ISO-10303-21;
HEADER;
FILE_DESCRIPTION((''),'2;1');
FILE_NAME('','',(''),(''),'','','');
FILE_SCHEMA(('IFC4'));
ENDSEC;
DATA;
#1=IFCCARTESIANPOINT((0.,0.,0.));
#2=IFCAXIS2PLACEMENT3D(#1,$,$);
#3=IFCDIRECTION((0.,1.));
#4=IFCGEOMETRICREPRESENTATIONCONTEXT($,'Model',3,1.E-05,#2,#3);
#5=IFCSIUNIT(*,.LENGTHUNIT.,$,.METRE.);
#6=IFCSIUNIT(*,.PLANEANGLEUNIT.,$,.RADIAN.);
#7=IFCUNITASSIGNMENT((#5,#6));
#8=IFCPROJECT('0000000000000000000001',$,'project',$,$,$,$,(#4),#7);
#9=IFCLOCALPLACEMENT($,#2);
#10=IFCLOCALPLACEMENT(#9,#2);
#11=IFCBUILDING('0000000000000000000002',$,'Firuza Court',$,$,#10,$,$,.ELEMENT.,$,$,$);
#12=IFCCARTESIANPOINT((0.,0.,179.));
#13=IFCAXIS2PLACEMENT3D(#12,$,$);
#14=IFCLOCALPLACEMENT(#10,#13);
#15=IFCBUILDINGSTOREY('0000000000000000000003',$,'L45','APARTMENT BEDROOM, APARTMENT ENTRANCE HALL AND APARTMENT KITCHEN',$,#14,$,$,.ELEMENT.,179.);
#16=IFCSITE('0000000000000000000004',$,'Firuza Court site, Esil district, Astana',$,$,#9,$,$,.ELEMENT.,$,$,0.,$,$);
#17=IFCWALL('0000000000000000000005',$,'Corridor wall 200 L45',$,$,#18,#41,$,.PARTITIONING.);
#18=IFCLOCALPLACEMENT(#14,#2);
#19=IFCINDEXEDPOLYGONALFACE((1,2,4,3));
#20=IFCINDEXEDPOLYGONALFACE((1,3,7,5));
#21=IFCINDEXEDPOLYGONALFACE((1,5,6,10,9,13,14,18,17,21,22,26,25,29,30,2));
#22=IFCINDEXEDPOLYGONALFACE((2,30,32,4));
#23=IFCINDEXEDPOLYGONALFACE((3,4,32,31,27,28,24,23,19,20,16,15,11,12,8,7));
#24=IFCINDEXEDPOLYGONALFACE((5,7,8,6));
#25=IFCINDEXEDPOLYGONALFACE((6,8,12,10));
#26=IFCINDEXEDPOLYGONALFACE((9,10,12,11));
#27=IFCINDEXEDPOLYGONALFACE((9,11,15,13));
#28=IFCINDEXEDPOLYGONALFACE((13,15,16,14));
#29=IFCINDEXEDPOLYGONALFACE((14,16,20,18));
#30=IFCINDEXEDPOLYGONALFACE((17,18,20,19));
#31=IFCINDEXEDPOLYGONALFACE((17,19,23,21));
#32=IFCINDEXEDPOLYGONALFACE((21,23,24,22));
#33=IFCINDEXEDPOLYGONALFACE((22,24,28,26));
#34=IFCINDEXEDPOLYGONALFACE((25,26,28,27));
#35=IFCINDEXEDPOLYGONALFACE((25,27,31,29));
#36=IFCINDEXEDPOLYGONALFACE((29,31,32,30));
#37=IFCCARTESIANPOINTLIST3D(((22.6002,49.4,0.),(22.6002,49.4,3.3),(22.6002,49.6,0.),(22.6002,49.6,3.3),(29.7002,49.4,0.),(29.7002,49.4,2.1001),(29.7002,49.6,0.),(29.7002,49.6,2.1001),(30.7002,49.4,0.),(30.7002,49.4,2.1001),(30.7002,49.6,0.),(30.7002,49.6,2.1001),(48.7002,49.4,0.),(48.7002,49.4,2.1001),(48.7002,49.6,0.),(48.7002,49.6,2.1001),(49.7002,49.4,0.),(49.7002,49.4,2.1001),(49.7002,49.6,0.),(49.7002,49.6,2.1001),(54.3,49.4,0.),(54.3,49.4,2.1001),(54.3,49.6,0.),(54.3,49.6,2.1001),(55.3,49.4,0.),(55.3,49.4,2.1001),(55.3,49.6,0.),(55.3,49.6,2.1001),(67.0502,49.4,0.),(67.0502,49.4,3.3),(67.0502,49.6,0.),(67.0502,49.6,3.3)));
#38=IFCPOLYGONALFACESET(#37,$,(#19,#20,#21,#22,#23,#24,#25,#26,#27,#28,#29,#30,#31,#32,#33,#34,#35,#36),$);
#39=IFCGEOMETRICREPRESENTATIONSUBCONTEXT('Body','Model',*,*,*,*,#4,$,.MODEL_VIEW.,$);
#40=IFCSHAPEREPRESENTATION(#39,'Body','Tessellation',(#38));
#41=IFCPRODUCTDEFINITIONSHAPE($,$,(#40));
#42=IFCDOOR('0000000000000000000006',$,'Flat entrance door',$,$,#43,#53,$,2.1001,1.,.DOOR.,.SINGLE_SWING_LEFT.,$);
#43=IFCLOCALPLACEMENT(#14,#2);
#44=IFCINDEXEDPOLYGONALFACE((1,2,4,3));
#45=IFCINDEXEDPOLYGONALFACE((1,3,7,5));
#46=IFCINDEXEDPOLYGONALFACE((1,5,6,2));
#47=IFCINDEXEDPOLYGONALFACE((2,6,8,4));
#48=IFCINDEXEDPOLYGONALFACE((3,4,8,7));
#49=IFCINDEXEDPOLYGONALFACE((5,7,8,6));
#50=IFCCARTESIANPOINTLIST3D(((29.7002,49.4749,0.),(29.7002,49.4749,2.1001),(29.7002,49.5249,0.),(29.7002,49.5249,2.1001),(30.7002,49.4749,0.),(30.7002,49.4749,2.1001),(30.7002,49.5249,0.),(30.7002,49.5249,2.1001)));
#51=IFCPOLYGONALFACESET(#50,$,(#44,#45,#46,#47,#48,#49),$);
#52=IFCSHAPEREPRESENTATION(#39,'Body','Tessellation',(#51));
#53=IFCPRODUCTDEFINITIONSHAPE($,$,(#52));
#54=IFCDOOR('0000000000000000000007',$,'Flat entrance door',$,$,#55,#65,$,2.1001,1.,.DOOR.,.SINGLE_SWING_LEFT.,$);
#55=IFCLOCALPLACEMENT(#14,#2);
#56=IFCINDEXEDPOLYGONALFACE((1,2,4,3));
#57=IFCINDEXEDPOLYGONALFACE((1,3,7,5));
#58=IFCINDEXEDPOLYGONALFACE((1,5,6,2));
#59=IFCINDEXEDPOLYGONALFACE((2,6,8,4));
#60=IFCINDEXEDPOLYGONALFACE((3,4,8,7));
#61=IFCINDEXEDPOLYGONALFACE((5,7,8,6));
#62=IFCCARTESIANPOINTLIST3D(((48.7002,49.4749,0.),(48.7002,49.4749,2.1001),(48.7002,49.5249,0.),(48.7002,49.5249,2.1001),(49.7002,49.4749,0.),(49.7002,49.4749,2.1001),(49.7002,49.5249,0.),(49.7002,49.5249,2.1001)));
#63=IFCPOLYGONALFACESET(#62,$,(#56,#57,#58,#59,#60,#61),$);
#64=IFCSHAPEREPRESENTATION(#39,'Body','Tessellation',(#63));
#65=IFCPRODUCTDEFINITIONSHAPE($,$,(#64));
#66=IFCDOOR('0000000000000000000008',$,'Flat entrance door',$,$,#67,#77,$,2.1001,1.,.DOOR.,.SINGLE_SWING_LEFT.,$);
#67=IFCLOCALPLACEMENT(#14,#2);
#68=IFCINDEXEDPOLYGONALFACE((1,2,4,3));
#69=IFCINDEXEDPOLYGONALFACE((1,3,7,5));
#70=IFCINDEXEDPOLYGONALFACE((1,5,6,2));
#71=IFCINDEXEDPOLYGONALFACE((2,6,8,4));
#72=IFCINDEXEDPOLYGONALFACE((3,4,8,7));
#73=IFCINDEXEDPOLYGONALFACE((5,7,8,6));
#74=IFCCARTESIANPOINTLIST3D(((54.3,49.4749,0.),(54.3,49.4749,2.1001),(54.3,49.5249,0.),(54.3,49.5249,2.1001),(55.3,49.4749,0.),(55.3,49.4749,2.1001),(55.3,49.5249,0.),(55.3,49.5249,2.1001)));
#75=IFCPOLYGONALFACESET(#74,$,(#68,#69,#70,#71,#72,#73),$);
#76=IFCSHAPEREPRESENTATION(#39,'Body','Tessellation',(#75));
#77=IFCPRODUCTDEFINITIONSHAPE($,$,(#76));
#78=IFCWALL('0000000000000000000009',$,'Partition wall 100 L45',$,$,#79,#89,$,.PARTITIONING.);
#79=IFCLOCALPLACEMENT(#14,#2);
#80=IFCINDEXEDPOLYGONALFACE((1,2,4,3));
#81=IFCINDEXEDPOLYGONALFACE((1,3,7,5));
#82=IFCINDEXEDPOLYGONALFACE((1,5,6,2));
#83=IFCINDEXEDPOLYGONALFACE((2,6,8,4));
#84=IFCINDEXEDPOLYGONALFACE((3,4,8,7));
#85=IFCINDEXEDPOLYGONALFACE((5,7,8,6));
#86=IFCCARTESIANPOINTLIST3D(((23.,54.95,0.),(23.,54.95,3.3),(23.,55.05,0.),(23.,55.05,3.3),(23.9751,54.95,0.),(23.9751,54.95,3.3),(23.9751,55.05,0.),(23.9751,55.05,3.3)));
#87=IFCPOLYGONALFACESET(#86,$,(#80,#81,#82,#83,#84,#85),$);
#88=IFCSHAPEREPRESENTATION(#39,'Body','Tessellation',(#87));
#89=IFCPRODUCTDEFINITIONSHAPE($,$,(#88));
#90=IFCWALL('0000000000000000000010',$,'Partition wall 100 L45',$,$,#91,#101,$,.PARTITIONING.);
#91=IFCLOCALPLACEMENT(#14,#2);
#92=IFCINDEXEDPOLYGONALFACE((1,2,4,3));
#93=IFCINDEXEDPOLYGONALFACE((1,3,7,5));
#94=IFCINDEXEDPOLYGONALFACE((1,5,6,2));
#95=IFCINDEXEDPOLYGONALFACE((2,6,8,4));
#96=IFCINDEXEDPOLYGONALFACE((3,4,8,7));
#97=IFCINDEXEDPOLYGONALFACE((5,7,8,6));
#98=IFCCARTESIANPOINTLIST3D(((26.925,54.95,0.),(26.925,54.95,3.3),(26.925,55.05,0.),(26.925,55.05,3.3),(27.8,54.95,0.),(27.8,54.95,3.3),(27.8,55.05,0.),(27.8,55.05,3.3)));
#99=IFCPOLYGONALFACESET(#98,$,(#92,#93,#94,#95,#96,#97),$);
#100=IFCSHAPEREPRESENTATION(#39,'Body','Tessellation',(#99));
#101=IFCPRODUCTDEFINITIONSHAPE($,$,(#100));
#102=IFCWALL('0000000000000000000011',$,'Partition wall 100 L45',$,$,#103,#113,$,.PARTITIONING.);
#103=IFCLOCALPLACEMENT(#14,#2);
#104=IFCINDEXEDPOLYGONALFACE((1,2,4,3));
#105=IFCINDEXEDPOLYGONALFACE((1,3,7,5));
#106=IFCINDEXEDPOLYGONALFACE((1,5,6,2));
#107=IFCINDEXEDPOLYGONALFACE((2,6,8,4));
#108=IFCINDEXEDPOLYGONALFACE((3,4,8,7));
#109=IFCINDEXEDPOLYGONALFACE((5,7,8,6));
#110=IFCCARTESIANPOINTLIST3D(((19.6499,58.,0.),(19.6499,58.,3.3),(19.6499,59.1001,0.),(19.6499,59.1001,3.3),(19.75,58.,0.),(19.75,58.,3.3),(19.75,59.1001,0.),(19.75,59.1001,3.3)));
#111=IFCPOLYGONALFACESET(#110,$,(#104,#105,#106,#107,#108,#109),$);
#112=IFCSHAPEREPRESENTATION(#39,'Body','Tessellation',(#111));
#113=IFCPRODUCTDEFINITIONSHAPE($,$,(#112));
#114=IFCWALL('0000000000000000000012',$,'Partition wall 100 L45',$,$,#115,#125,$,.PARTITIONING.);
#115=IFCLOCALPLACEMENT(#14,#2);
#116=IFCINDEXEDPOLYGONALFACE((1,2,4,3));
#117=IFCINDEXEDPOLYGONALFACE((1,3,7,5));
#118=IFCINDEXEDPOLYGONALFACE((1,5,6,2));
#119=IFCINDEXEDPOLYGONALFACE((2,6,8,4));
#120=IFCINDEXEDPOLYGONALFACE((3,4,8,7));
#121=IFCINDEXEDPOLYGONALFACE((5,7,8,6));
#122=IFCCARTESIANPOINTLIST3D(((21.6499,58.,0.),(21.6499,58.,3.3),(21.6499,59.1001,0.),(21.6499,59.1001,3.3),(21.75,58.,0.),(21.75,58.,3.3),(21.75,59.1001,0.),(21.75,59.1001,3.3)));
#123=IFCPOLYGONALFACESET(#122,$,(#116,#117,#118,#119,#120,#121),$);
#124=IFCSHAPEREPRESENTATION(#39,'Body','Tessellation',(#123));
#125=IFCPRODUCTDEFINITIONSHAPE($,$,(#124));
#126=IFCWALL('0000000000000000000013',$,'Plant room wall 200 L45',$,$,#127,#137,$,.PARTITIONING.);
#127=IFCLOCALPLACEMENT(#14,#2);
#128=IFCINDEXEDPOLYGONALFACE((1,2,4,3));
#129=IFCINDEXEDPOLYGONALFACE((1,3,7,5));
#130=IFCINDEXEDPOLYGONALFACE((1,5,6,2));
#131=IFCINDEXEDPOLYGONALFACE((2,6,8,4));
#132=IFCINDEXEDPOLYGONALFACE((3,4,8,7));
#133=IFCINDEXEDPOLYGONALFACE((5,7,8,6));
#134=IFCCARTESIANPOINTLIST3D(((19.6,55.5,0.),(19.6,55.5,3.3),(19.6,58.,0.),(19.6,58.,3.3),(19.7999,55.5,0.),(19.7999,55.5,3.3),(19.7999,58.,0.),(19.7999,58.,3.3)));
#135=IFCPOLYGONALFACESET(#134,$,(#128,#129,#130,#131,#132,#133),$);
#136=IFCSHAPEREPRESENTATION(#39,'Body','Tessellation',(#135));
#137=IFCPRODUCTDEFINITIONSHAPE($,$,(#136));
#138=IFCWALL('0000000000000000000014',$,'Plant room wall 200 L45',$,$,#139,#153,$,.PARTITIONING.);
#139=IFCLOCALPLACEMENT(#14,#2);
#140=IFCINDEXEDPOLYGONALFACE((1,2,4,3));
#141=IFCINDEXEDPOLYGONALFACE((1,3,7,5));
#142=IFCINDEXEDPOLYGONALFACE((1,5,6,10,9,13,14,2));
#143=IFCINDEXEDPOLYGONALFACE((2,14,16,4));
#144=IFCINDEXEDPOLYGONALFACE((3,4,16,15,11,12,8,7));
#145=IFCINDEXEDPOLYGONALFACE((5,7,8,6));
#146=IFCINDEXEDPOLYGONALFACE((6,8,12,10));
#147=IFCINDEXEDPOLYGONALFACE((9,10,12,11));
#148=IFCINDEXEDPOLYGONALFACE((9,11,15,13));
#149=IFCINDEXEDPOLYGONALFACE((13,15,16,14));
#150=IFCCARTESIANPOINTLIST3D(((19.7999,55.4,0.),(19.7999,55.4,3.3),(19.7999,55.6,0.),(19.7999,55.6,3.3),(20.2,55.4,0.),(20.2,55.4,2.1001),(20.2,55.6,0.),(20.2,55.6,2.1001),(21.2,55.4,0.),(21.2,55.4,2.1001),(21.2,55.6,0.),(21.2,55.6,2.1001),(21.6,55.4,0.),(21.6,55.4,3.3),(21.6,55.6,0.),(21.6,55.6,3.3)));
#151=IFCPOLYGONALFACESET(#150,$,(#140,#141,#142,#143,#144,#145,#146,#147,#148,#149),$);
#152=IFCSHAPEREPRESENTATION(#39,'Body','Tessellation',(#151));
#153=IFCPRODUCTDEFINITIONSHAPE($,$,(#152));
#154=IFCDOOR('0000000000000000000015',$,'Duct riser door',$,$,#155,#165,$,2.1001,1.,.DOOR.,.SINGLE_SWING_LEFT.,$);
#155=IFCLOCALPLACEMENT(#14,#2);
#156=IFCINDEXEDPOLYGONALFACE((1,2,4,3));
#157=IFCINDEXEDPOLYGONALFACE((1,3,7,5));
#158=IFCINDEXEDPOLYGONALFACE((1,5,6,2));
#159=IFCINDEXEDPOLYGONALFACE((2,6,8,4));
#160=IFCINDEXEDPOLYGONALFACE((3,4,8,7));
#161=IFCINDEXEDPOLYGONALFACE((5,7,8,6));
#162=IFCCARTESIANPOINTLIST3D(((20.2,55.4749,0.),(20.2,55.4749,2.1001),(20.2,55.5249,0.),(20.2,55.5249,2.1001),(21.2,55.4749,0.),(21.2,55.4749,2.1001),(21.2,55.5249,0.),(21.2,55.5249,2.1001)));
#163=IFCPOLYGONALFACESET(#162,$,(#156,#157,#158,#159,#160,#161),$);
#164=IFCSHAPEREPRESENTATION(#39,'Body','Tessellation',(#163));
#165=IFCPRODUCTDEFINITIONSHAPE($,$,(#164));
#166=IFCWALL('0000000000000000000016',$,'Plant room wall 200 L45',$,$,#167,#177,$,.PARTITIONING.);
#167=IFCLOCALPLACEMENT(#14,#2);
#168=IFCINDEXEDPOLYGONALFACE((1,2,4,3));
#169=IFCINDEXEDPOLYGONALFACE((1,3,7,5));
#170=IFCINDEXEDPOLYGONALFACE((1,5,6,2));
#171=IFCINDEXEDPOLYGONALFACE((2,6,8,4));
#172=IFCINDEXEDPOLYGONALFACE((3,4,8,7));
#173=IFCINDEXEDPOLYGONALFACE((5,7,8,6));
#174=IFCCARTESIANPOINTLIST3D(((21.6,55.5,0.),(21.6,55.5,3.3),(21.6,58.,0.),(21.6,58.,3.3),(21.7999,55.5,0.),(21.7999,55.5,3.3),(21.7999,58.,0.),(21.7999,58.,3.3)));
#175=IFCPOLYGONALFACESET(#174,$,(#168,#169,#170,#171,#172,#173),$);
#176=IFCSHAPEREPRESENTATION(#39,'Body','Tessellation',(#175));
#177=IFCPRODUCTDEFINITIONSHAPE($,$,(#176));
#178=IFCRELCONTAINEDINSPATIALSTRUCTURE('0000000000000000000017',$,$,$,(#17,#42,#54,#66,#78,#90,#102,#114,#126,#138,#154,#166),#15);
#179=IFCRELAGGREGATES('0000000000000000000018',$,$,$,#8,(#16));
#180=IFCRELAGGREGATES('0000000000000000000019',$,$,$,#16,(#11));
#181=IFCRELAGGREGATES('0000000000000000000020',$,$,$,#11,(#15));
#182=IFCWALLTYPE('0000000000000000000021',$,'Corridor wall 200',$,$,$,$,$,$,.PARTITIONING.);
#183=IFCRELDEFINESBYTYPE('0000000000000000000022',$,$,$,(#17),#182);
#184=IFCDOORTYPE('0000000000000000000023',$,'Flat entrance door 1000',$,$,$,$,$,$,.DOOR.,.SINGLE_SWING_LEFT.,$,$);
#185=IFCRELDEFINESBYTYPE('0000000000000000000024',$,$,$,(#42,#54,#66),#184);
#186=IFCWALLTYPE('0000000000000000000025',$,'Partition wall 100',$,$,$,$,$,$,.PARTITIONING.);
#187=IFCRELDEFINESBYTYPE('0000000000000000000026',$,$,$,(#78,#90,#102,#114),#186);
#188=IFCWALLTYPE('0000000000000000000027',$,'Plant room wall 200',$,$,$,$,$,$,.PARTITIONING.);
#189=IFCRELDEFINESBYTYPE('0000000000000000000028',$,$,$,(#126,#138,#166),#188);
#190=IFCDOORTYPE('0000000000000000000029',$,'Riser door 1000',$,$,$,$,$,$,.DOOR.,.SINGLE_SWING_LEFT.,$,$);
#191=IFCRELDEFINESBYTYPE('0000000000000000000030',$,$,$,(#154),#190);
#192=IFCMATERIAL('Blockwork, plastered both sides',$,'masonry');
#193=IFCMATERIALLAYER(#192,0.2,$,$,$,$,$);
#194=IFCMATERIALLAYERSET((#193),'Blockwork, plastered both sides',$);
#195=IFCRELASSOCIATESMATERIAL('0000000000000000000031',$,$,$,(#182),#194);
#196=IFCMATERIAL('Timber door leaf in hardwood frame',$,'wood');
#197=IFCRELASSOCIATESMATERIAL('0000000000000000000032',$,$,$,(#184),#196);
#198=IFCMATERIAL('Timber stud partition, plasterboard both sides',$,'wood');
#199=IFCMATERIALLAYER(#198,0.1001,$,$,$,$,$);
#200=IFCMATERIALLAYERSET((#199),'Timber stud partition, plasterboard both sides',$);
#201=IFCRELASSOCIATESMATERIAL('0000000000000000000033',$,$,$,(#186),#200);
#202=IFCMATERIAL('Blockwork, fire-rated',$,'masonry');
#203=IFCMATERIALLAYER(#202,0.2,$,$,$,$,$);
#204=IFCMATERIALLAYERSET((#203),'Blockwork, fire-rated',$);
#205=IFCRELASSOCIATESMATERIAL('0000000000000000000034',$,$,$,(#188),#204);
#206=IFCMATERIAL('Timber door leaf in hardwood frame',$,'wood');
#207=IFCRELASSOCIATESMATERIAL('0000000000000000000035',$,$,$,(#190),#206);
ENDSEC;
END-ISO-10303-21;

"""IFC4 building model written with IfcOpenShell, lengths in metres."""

from ifc_helpers import new_model, si_unit, direction, frame, frame_2d, origin, place, context, subcontext, project, spatial, rectangle, extrude, material, layer, layer_set, type_object, element, fill, save


model = new_model("IFC4")

# Units and contexts
model_context = context("Model", 3, precision=1e-05, world=origin(), true_north=direction((0.0, 1.0)))
body_context = subcontext(model_context, "Body", "Model", "MODEL_VIEW")
ifc_project = project(units=[si_unit("LENGTHUNIT", "METRE"), si_unit("PLANEANGLEUNIT", "RADIAN")], contexts=[model_context])

# Site, building, storey
site_placement = place(None, origin())
site = spatial("IfcSite", under=ifc_project, at=site_placement, Name="Firuza Court site, Esil district, Astana", CompositionType="ELEMENT", RefElevation=0.0)
building_placement = place(site_placement, origin())
building = spatial("IfcBuilding", under=site, at=building_placement, Name="Firuza Court", CompositionType="ELEMENT")
storey_placement = place(building_placement, frame((0.0, 0.0, 179.0)))
storey = spatial("IfcBuildingStorey", under=building, at=storey_placement, Name="L45", Description="APARTMENT BEDROOM, APARTMENT ENTRANCE HALL AND APARTMENT KITCHEN", CompositionType="ELEMENT", Elevation=179.0)

# Wall, openings, doors
ifc_material_1 = material(Name="Blockwork, plastered both sides", Category="masonry")
ifc_layer_1 = layer(ifc_material_1, 0.2)
ifc_layer_set_1 = layer_set([ifc_layer_1], Name="Blockwork, plastered both sides")
wall_type_1 = type_object("IfcWallType", Name="Corridor wall 200", PredefinedType="PARTITIONING", material=ifc_layer_set_1)
wall_1_placement = place(storey_placement, frame((22.6001, 49.5, 0.0), z_axis=(0.0, 0.0, 1.0), x_axis=(1.0, 0.0, 0.0)))
wall_1 = element("IfcWall", 1, at=wall_1_placement, inside=storey, type_object=wall_type_1, Name="Corridor wall 200 L45", PredefinedType="PARTITIONING", context=body_context, shape_type="SweptSolid", body=[
    extrude(rectangle(XDim=44.45, YDim=0.2, at=frame_2d((22.2251, 0.0))), origin(), (0.0, 0.0, 1.0), 3.3),
])
opening_1_placement = place(wall_1_placement, frame((7.1001, 0.0, 0.0)))
opening_1 = element("IfcOpeningElement", 2, at=opening_1_placement, cuts=wall_1, PredefinedType="OPENING", context=body_context, shape_type="SweptSolid", body=[
    extrude(rectangle(XDim=1.0, YDim=2.1001, at=frame_2d((0.5, 1.05))), frame((0.0, 0.1118, 0.0), z_axis=(0.0, -1.0, 0.0), x_axis=(1.0, 0.0, 0.0)), (0.0, 0.0, 1.0), 0.2239),
])
opening_2_placement = place(wall_1_placement, frame((26.1001, 0.0, 0.0)))
opening_2 = element("IfcOpeningElement", 3, at=opening_2_placement, cuts=wall_1, PredefinedType="OPENING", context=body_context, shape_type="SweptSolid", body=[
    extrude(rectangle(XDim=1.0, YDim=2.1001, at=frame_2d((0.5, 1.05))), frame((0.0, 0.1118, 0.0), z_axis=(0.0, -1.0, 0.0), x_axis=(1.0, 0.0, 0.0)), (0.0, 0.0, 1.0), 0.2239),
])
opening_3_placement = place(wall_1_placement, frame((31.7, 0.0, 0.0)))
opening_3 = element("IfcOpeningElement", 4, at=opening_3_placement, cuts=wall_1, PredefinedType="OPENING", context=body_context, shape_type="SweptSolid", body=[
    extrude(rectangle(XDim=1.0, YDim=2.1001, at=frame_2d((0.5, 1.05))), frame((0.0, 0.1118, 0.0), z_axis=(0.0, -1.0, 0.0), x_axis=(1.0, 0.0, 0.0)), (0.0, 0.0, 1.0), 0.2239),
])
ifc_material_2 = material(Name="Timber door leaf in hardwood frame", Category="wood")
door_type_1 = type_object("IfcDoorType", Name="Flat entrance door 1000", OperationType="SINGLE_SWING_LEFT", PredefinedType="DOOR", material=ifc_material_2)
door_1_placement = place(opening_1_placement, origin())
door_1 = element("IfcDoor", 5, at=door_1_placement, inside=storey, type_object=door_type_1, Name="Flat entrance door", OperationType="SINGLE_SWING_LEFT", OverallHeight=2.1001, OverallWidth=1.0, PredefinedType="DOOR", context=body_context, shape_type="SweptSolid", body=[
    extrude(rectangle(XDim=1.0, YDim=2.1001, at=frame_2d((0.5, 1.05))), frame((0.0, 0.0249, 0.0), z_axis=(0.0, -1.0, 0.0), x_axis=(1.0, 0.0, 0.0)), (0.0, 0.0, 1.0), 0.05),
])
fill(opening_1, door_1)
door_2_placement = place(opening_2_placement, origin())
door_2 = element("IfcDoor", 6, at=door_2_placement, inside=storey, type_object=door_type_1, Name="Flat entrance door", OperationType="SINGLE_SWING_LEFT", OverallHeight=2.1001, OverallWidth=1.0, PredefinedType="DOOR", context=body_context, shape_type="SweptSolid", body=[
    extrude(rectangle(XDim=1.0, YDim=2.1001, at=frame_2d((0.5, 1.05))), frame((0.0, 0.0249, 0.0), z_axis=(0.0, -1.0, 0.0), x_axis=(1.0, 0.0, 0.0)), (0.0, 0.0, 1.0), 0.05),
])
fill(opening_2, door_2)
door_3_placement = place(opening_3_placement, origin())
door_3 = element("IfcDoor", 7, at=door_3_placement, inside=storey, type_object=door_type_1, Name="Flat entrance door", OperationType="SINGLE_SWING_LEFT", OverallHeight=2.1001, OverallWidth=1.0, PredefinedType="DOOR", context=body_context, shape_type="SweptSolid", body=[
    extrude(rectangle(XDim=1.0, YDim=2.1001, at=frame_2d((0.5, 1.05))), frame((0.0, 0.0249, 0.0), z_axis=(0.0, -1.0, 0.0), x_axis=(1.0, 0.0, 0.0)), (0.0, 0.0, 1.0), 0.05),
])
fill(opening_3, door_3)

# Walls
ifc_material_3 = material(Name="Timber stud partition, plasterboard both sides", Category="wood")
ifc_layer_2 = layer(ifc_material_3, 0.1001)
ifc_layer_set_2 = layer_set([ifc_layer_2], Name="Timber stud partition, plasterboard both sides")
wall_type_2 = type_object("IfcWallType", Name="Partition wall 100", PredefinedType="PARTITIONING", material=ifc_layer_set_2)
wall_2_placement = place(storey_placement, frame((23.0, 55.0, 0.0), z_axis=(0.0, 0.0, 1.0), x_axis=(1.0, 0.0, 0.0)))
element("IfcWall", 8, at=wall_2_placement, inside=storey, type_object=wall_type_2, Name="Partition wall 100 L45", PredefinedType="PARTITIONING", context=body_context, shape_type="SweptSolid", body=[
    extrude(rectangle(XDim=0.9751, YDim=0.1001, at=frame_2d((0.4875, 0.0))), origin(), (0.0, 0.0, 1.0), 3.3),
])
wall_3_placement = place(storey_placement, frame((26.925, 55.0, 0.0), z_axis=(0.0, 0.0, 1.0), x_axis=(1.0, 0.0, 0.0)))
element("IfcWall", 9, at=wall_3_placement, inside=storey, type_object=wall_type_2, Name="Partition wall 100 L45", PredefinedType="PARTITIONING", context=body_context, shape_type="SweptSolid", body=[
    extrude(rectangle(XDim=0.875, YDim=0.1001, at=frame_2d((0.4375, 0.0))), origin(), (0.0, 0.0, 1.0), 3.3),
])
for number, where, z_axis, x_axis, name in (
    (10, (19.7, 58.0, 0.0), (0.0, 0.0, 1.0), (0.0, 1.0, 0.0), "Partition wall 100 L45"),
    (11, (21.7, 58.0, 0.0), (0.0, 0.0, 1.0), (0.0, 1.0, 0.0), "Partition wall 100 L45"),
):
    element("IfcWall", number, at=place(storey_placement, frame(where, z_axis=z_axis, x_axis=x_axis)), inside=storey, type_object=wall_type_2, Name=name, PredefinedType="PARTITIONING", context=body_context, shape_type="SweptSolid", body=[
        extrude(rectangle(XDim=1.1001, YDim=0.1001, at=frame_2d((0.55, 0.0))), origin(), (0.0, 0.0, 1.0), 3.3),
    ])
ifc_material_4 = material(Name="Blockwork, fire-rated", Category="masonry")
ifc_layer_3 = layer(ifc_material_4, 0.2)
ifc_layer_set_3 = layer_set([ifc_layer_3], Name="Blockwork, fire-rated")
wall_type_3 = type_object("IfcWallType", Name="Plant room wall 200", PredefinedType="PARTITIONING", material=ifc_layer_set_3)
wall_4_placement = place(storey_placement, frame((19.7, 55.5, 0.0), z_axis=(0.0, 0.0, 1.0), x_axis=(0.0, 1.0, 0.0)))
element("IfcWall", 12, at=wall_4_placement, inside=storey, type_object=wall_type_3, Name="Plant room wall 200 L45", PredefinedType="PARTITIONING", context=body_context, shape_type="SweptSolid", body=[
    extrude(rectangle(XDim=2.5, YDim=0.2, at=frame_2d((1.25, 0.0))), origin(), (0.0, 0.0, 1.0), 3.3),
])

# Wall, opening, door
wall_5_placement = place(storey_placement, frame((19.8, 55.5, 0.0), z_axis=(0.0, 0.0, 1.0), x_axis=(1.0, 0.0, 0.0)))
wall_5 = element("IfcWall", 13, at=wall_5_placement, inside=storey, type_object=wall_type_3, Name="Plant room wall 200 L45", PredefinedType="PARTITIONING", context=body_context, shape_type="SweptSolid", body=[
    extrude(rectangle(XDim=1.8, YDim=0.2, at=frame_2d((0.8999, 0.0))), origin(), (0.0, 0.0, 1.0), 3.3),
])
opening_4_placement = place(wall_5_placement, frame((0.3999, 0.0, 0.0)))
opening_4 = element("IfcOpeningElement", 14, at=opening_4_placement, cuts=wall_5, PredefinedType="OPENING", context=body_context, shape_type="SweptSolid", body=[
    extrude(rectangle(XDim=1.0, YDim=2.1001, at=frame_2d((0.5, 1.05))), frame((0.0, 0.1118, 0.0), z_axis=(0.0, -1.0, 0.0), x_axis=(1.0, 0.0, 0.0)), (0.0, 0.0, 1.0), 0.2239),
])
ifc_material_5 = material(Name="Timber door leaf in hardwood frame", Category="wood")
door_type_2 = type_object("IfcDoorType", Name="Riser door 1000", OperationType="SINGLE_SWING_LEFT", PredefinedType="DOOR", material=ifc_material_5)
door_4_placement = place(opening_4_placement, origin())
door_4 = element("IfcDoor", 15, at=door_4_placement, inside=storey, type_object=door_type_2, Name="Duct riser door", OperationType="SINGLE_SWING_LEFT", OverallHeight=2.1001, OverallWidth=1.0, PredefinedType="DOOR", context=body_context, shape_type="SweptSolid", body=[
    extrude(rectangle(XDim=1.0, YDim=2.1001, at=frame_2d((0.5, 1.05))), frame((0.0, 0.0249, 0.0), z_axis=(0.0, -1.0, 0.0), x_axis=(1.0, 0.0, 0.0)), (0.0, 0.0, 1.0), 0.05),
])
fill(opening_4, door_4)

# Wall
wall_6_placement = place(storey_placement, frame((21.7, 55.5, 0.0), z_axis=(0.0, 0.0, 1.0), x_axis=(0.0, 1.0, 0.0)))
element("IfcWall", 16, at=wall_6_placement, inside=storey, type_object=wall_type_3, Name="Plant room wall 200 L45", PredefinedType="PARTITIONING", context=body_context, shape_type="SweptSolid", body=[
    extrude(rectangle(XDim=2.5, YDim=0.2, at=frame_2d((1.25, 0.0))), origin(), (0.0, 0.0, 1.0), 3.3),
])

save(model, "model.ifc")
